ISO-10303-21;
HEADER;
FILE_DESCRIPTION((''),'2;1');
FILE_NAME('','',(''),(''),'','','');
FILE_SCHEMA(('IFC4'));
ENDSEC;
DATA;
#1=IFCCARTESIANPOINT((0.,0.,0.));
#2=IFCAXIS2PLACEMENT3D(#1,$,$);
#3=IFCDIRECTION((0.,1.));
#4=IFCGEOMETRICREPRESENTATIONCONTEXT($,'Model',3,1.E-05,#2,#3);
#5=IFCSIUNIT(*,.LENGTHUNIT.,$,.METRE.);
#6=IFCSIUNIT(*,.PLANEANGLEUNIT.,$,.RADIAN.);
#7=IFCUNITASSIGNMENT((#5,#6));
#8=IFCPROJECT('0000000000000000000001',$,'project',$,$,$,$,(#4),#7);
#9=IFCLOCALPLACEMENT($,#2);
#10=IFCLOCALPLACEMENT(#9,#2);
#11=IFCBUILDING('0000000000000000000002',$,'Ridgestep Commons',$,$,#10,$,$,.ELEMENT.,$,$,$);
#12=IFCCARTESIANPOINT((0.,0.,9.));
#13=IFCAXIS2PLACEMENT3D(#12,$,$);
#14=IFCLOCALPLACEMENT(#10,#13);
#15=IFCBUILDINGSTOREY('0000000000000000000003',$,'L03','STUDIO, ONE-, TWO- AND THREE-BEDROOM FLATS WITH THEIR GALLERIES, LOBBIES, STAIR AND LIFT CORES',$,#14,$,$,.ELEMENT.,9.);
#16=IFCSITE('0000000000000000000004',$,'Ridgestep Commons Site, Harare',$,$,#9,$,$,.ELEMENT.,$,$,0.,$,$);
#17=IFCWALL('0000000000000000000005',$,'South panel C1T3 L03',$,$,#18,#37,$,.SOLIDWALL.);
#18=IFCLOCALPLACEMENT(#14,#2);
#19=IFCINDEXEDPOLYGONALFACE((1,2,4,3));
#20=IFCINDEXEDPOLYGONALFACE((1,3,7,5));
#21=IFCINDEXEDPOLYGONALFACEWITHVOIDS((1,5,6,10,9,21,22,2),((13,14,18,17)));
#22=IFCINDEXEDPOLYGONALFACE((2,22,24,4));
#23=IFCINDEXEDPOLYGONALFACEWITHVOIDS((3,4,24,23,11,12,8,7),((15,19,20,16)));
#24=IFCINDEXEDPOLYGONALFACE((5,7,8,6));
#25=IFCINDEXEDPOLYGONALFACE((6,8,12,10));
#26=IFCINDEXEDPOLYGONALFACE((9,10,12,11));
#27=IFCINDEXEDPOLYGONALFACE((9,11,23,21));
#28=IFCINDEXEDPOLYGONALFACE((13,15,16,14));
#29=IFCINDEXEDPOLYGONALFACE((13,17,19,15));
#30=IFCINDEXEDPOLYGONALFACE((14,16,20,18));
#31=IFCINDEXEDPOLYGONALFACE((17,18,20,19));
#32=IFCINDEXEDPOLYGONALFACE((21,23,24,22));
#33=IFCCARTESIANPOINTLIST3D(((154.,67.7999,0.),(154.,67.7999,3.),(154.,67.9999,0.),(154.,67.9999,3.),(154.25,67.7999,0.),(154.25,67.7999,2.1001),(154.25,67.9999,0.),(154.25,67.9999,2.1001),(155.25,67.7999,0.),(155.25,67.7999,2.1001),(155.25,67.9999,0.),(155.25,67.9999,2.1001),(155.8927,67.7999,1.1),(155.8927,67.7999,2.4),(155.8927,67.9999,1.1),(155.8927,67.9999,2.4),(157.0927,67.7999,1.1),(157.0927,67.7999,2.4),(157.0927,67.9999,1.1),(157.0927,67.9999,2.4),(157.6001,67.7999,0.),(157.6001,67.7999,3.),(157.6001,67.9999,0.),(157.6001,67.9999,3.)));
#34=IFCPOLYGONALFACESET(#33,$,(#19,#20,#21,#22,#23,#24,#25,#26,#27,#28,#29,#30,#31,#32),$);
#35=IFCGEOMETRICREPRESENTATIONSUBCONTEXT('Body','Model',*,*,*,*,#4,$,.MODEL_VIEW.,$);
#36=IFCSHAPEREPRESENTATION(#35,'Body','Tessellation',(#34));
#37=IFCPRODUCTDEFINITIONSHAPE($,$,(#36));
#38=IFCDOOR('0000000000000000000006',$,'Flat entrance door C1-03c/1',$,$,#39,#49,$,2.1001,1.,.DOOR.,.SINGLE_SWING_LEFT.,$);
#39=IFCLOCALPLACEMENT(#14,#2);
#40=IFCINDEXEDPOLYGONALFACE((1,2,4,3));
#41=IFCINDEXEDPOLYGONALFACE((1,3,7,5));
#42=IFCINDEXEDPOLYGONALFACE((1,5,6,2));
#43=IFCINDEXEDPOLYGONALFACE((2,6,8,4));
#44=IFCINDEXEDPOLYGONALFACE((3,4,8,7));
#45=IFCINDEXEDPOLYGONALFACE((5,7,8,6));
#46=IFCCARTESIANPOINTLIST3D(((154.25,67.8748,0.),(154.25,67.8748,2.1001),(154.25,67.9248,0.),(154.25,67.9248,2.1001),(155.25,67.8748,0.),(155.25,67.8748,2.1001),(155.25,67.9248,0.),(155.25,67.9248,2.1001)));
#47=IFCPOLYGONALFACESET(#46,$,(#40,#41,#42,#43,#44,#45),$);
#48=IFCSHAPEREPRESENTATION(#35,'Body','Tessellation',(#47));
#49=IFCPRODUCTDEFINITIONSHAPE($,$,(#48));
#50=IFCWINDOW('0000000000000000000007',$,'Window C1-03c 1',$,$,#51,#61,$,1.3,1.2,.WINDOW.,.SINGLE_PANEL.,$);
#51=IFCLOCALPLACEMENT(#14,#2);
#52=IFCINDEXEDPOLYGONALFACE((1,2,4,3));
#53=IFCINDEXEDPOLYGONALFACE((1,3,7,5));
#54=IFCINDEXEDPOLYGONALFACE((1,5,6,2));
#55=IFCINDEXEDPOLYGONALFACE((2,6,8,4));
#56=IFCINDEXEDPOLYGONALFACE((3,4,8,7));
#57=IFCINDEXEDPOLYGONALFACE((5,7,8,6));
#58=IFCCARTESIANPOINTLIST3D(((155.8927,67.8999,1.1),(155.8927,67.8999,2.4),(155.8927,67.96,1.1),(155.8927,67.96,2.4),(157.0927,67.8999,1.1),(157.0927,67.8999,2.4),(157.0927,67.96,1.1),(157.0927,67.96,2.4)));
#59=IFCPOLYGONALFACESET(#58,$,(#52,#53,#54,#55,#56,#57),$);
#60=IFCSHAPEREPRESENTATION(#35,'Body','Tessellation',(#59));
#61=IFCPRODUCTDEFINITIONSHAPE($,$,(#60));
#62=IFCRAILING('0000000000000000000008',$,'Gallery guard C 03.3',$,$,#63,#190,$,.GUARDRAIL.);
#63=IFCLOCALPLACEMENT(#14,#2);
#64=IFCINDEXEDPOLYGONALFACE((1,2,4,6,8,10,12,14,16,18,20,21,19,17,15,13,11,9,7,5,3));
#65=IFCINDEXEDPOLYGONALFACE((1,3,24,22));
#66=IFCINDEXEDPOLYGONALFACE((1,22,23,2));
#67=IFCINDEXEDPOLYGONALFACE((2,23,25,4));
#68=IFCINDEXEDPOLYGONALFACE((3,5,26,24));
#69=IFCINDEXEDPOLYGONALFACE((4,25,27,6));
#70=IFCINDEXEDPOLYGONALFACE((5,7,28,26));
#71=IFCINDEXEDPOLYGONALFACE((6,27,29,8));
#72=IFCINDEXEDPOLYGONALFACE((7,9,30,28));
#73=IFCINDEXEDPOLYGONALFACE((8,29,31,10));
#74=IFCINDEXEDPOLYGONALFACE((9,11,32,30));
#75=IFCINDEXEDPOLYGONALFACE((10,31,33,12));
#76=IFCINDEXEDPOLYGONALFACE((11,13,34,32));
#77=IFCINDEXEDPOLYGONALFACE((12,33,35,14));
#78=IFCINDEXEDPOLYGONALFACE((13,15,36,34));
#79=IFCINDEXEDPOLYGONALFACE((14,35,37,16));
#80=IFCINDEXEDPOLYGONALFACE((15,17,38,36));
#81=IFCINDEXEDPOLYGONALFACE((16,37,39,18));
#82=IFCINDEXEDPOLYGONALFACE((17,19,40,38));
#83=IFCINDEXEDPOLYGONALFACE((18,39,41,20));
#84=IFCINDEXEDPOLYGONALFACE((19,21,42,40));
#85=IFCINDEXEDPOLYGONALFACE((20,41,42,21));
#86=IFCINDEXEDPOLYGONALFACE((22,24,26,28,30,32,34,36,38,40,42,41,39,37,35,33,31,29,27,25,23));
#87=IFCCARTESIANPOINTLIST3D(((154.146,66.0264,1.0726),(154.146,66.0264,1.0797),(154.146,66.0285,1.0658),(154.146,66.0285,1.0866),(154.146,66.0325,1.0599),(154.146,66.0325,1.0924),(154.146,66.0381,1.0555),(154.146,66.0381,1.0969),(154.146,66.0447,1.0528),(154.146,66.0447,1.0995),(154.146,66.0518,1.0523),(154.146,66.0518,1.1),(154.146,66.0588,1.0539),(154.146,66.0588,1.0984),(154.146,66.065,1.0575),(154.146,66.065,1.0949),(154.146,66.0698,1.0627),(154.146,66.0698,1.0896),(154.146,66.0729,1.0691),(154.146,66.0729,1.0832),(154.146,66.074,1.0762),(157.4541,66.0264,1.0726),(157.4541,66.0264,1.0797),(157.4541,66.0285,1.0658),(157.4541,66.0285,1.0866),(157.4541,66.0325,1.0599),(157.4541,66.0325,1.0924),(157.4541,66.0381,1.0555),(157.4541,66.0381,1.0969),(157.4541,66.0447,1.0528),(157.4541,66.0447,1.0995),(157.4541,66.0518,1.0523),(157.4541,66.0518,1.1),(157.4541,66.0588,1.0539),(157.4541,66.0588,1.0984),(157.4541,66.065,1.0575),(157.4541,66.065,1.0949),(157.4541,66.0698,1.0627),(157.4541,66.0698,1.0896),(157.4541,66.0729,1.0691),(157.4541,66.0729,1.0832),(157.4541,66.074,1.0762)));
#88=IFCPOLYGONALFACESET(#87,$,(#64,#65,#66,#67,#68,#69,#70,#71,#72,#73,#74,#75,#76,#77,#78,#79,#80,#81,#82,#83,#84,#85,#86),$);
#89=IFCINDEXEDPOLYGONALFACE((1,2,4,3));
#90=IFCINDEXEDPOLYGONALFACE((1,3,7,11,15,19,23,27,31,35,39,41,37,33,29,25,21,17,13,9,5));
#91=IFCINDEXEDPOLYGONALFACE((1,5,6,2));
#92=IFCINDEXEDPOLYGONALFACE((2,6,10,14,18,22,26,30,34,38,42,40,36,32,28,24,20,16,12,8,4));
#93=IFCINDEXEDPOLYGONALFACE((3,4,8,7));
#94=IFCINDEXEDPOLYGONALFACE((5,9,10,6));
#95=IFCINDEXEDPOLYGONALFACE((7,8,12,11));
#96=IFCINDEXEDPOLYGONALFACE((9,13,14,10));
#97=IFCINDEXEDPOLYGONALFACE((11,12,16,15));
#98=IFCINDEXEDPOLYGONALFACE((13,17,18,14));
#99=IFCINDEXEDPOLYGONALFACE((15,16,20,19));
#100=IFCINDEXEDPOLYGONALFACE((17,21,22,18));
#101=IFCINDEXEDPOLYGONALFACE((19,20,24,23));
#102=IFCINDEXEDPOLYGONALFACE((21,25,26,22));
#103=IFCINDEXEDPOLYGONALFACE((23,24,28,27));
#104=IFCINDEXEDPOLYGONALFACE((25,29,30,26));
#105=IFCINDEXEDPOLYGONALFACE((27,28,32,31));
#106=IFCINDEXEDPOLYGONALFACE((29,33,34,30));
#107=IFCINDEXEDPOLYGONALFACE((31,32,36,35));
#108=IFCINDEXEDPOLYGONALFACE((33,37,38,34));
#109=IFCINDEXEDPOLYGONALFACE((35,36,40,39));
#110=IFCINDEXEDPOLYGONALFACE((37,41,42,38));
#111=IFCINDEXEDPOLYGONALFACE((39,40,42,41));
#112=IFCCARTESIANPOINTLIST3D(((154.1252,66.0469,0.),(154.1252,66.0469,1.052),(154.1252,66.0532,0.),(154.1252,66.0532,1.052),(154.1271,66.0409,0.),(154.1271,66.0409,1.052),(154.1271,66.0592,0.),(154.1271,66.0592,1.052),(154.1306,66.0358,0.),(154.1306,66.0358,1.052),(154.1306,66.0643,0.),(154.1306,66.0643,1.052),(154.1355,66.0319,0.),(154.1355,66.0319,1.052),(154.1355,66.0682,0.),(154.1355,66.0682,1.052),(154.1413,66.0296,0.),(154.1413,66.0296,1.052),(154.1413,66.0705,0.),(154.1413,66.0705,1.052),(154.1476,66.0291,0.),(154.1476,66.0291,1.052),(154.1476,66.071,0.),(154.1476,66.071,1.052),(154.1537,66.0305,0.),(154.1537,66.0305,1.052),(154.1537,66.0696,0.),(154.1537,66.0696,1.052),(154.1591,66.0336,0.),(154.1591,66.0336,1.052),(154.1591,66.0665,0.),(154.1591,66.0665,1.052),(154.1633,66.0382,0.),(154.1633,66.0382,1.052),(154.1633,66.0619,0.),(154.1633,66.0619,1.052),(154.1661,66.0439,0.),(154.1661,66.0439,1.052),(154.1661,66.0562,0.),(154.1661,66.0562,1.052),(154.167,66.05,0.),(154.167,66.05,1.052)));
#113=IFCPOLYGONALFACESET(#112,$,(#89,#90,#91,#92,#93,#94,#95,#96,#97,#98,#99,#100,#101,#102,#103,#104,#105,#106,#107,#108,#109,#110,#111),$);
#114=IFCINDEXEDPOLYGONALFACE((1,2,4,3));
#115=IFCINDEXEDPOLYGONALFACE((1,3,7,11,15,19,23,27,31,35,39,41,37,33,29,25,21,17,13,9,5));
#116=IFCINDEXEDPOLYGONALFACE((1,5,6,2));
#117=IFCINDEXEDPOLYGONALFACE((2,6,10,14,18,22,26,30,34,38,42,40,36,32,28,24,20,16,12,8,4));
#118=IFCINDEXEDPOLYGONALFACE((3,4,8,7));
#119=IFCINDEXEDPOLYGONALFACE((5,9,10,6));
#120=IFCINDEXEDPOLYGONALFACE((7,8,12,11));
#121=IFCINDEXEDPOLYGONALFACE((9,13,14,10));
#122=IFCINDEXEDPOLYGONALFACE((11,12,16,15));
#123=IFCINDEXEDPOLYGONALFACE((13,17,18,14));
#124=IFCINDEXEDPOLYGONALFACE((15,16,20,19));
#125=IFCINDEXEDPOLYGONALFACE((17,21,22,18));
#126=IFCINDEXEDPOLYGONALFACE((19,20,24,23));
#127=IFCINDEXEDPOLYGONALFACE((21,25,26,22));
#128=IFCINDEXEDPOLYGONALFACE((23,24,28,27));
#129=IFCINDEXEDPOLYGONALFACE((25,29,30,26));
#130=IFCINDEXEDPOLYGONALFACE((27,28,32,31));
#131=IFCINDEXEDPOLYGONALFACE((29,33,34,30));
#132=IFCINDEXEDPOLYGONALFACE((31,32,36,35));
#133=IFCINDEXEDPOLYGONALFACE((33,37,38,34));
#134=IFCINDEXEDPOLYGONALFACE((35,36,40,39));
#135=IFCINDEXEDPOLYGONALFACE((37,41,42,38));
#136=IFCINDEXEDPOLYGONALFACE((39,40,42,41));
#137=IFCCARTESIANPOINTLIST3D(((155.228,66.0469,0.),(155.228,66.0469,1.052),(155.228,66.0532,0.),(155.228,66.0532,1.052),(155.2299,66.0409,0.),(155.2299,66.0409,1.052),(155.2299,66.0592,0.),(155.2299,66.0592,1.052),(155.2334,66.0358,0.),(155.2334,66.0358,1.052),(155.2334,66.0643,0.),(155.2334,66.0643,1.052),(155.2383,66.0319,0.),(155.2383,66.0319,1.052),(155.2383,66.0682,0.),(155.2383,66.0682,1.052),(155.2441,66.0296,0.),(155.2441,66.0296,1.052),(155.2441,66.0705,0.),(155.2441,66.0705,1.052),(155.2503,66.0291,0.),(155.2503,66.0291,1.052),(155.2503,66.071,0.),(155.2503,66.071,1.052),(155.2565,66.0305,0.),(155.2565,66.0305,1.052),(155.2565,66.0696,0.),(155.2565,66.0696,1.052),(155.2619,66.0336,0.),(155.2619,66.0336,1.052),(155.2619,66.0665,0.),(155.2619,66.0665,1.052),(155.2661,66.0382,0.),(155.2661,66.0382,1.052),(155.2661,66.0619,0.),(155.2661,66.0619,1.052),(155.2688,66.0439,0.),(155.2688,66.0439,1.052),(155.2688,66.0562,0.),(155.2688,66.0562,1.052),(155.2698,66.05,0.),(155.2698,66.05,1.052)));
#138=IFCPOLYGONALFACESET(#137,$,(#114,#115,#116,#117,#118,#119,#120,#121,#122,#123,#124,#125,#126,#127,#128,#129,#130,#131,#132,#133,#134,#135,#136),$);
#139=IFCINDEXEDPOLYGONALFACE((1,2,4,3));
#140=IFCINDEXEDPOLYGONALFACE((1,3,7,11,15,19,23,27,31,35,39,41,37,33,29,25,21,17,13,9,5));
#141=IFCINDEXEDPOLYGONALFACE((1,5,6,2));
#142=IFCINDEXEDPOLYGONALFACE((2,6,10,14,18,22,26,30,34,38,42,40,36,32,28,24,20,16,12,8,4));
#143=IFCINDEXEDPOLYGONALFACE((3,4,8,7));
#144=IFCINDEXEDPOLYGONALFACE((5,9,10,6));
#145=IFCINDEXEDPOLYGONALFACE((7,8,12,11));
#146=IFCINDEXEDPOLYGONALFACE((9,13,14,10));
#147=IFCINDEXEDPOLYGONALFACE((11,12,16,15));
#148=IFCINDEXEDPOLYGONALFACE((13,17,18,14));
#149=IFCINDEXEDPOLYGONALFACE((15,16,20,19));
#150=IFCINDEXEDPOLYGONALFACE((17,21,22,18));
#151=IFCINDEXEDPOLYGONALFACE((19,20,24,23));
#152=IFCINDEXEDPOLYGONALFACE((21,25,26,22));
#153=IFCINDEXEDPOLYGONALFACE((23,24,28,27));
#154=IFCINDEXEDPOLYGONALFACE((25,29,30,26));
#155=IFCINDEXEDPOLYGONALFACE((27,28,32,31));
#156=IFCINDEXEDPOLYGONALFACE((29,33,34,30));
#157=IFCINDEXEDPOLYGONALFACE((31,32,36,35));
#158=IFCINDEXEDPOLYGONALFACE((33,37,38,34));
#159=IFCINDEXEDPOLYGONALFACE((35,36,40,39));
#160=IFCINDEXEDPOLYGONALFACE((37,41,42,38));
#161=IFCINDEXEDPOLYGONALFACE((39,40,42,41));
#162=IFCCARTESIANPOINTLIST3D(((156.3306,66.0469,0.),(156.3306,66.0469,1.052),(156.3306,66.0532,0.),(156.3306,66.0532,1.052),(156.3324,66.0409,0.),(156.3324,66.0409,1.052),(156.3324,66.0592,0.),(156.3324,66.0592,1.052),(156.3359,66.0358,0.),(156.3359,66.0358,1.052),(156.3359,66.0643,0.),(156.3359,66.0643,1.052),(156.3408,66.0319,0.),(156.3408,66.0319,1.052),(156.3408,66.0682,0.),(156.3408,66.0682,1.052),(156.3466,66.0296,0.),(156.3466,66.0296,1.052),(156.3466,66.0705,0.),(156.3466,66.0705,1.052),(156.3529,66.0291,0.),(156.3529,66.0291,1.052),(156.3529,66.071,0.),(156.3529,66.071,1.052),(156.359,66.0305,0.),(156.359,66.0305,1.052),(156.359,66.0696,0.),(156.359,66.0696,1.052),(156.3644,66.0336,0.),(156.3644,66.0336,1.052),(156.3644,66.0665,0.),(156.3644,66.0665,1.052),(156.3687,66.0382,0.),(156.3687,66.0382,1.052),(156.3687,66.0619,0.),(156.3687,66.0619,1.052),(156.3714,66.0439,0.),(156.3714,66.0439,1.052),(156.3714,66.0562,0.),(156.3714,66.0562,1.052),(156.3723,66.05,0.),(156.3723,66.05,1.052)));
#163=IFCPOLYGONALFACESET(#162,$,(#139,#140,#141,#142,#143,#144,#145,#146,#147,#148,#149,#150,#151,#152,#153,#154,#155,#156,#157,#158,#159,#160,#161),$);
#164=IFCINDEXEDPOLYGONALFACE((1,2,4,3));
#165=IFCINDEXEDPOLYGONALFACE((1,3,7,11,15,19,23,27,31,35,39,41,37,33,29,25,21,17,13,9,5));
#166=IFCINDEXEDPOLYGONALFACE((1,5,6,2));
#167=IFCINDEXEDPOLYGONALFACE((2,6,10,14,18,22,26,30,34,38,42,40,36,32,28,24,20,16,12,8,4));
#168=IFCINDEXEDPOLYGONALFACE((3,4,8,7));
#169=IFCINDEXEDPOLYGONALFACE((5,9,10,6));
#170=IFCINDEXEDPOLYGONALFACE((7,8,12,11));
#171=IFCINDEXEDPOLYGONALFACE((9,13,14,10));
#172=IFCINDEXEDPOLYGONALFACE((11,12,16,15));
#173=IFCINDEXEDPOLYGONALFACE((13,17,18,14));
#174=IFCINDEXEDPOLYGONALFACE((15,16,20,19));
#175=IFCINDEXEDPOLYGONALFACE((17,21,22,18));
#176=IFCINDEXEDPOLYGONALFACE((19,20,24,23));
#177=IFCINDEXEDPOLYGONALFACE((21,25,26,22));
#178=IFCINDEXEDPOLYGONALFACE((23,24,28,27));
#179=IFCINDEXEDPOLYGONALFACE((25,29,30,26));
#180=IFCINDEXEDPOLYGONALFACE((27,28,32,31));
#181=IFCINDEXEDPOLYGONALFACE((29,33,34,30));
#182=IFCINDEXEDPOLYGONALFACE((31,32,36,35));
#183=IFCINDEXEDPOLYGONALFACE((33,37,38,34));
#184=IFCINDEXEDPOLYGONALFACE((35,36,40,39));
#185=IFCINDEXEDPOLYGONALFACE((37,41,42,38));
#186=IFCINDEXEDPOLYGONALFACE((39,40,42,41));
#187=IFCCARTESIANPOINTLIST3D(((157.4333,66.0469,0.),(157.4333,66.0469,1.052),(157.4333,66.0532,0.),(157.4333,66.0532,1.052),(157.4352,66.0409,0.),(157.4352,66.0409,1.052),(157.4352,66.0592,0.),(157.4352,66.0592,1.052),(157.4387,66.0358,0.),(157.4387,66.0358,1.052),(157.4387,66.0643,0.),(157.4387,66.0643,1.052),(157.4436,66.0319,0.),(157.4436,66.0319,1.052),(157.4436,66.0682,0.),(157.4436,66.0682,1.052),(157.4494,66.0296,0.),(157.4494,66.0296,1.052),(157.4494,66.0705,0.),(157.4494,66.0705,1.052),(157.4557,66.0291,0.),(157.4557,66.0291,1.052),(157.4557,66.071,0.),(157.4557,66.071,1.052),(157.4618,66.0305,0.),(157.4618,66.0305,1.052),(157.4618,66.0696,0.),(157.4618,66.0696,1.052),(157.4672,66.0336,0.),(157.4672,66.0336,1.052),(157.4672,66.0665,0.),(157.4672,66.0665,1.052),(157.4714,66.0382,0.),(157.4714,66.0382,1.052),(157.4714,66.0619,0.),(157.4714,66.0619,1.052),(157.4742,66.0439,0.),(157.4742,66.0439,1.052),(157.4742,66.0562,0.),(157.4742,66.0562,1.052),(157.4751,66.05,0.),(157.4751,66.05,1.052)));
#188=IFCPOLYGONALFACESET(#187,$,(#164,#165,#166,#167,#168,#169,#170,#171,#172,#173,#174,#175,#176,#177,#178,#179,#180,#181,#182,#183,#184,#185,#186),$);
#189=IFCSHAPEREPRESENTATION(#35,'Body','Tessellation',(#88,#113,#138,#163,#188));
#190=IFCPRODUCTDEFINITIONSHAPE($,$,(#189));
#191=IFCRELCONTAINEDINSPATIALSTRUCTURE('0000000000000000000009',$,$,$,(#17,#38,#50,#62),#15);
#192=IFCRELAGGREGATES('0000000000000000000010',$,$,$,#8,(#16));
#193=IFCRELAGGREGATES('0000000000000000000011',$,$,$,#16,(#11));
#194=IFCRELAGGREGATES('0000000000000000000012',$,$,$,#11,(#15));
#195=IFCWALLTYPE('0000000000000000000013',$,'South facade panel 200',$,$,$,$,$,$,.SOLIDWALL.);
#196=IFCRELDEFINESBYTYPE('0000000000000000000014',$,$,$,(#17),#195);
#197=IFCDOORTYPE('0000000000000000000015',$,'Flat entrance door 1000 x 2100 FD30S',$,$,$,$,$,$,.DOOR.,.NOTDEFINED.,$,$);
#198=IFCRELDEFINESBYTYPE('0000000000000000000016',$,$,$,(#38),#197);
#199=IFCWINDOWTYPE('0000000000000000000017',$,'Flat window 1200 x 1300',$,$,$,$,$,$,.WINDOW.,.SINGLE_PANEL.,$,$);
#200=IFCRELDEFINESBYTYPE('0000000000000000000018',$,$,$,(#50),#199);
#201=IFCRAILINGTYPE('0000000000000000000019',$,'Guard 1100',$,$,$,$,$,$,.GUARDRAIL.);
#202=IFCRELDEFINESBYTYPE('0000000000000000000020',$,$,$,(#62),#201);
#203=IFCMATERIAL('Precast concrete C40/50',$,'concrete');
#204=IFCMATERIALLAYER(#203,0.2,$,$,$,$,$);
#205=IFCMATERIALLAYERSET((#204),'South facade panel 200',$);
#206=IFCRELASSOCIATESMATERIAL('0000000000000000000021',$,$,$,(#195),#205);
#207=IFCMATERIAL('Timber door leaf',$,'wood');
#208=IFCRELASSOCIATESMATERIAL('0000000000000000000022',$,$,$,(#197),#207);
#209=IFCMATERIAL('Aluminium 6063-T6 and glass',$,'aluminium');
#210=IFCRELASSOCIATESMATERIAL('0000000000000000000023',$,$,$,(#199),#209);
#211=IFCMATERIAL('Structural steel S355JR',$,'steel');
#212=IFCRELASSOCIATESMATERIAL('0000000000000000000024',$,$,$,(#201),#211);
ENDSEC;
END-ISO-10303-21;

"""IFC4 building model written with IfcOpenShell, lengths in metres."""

from ifc_helpers import new_model, si_unit, direction, frame, frame_2d, origin, origin_2d, place, context, subcontext, project, spatial, rectangle, circle, extrude, material, layer, layer_set, type_object, element, fill, save


model = new_model("IFC4")

# Units and contexts
model_context = context("Model", 3, precision=1e-05, world=origin(), true_north=direction((0.0, 1.0)))
body_context = subcontext(model_context, "Body", "Model", "MODEL_VIEW")
ifc_project = project(units=[si_unit("LENGTHUNIT", "METRE"), si_unit("PLANEANGLEUNIT", "RADIAN")], contexts=[model_context])

# Site, building, storey
site_placement = place(None, origin())
site = spatial("IfcSite", under=ifc_project, at=site_placement, Name="Ridgestep Commons Site, Harare", CompositionType="ELEMENT", RefElevation=0.0)
building_placement = place(site_placement, origin())
building = spatial("IfcBuilding", under=site, at=building_placement, Name="Ridgestep Commons", CompositionType="ELEMENT")
storey_placement = place(building_placement, frame((0.0, 0.0, 9.0)))
storey = spatial("IfcBuildingStorey", under=building, at=storey_placement, Name="L03", Description="STUDIO, ONE-, TWO- AND THREE-BEDROOM FLATS WITH THEIR GALLERIES, LOBBIES, STAIR AND LIFT CORES", CompositionType="ELEMENT", Elevation=9.0)

# Wall, openings, door, window
ifc_material_1 = material(Name="Precast concrete C40/50", Category="concrete")
ifc_layer_1 = layer(ifc_material_1, 0.2)
ifc_layer_set_1 = layer_set([ifc_layer_1], Name="South facade panel 200")
wall_type_1 = type_object("IfcWallType", Name="South facade panel 200", PredefinedType="SOLIDWALL", material=ifc_layer_set_1)
ifc_material_2 = material(Name="Timber door leaf", Category="wood")
door_type_1 = type_object("IfcDoorType", Name="Flat entrance door 1000 x 2100 FD30S", OperationType="NOTDEFINED", PredefinedType="DOOR", material=ifc_material_2)
ifc_material_3 = material(Name="Aluminium 6063-T6 and glass", Category="aluminium")
window_type = type_object("IfcWindowType", Name="Flat window 1200 x 1300", PartitioningType="SINGLE_PANEL", PredefinedType="WINDOW", material=ifc_material_3)
wall_1_placement = place(storey_placement, frame((154.0, 67.8999, 0.0), z_axis=(0.0, 0.0, 1.0), x_axis=(1.0, 0.0, 0.0)))
wall_1 = element("IfcWall", 1, at=wall_1_placement, inside=storey, type_object=wall_type_1, Name="South panel C1T3 L03", PredefinedType="SOLIDWALL", context=body_context, shape_type="SweptSolid", body=[
    extrude(rectangle(XDim=3.6001, YDim=0.2, at=frame_2d((1.8, 0.0))), origin(), (0.0, 0.0, 1.0), 3.0),
])
opening_1_placement = place(wall_1_placement, frame((1.8926, 0.0, 1.1001)))
opening_1 = element("IfcOpeningElement", 2, at=opening_1_placement, cuts=wall_1, PredefinedType="OPENING", context=body_context, shape_type="SweptSolid", body=[
    extrude(rectangle(XDim=1.2, YDim=1.3, at=frame_2d((0.6001, 0.6499))), frame((0.0, 0.1099, 0.0), z_axis=(0.0, -1.0, 0.0), x_axis=(1.0, 0.0, 0.0)), (0.0, 0.0, 1.0), 0.22),
])
opening_2_placement = place(wall_1_placement, frame((0.25, 0.0, 0.0)))
opening_2 = element("IfcOpeningElement", 3, at=opening_2_placement, cuts=wall_1, PredefinedType="OPENING", context=body_context, shape_type="SweptSolid", body=[
    extrude(rectangle(XDim=1.0, YDim=2.1001, at=frame_2d((0.5, 1.05))), frame((0.0, 0.1099, 0.0), z_axis=(0.0, -1.0, 0.0), x_axis=(1.0, 0.0, 0.0)), (0.0, 0.0, 1.0), 0.22),
])
door_1_placement = place(opening_2_placement, origin())
door_1 = element("IfcDoor", 4, at=door_1_placement, inside=storey, type_object=door_type_1, Name="Flat entrance door C1-03c/1", OperationType="SINGLE_SWING_LEFT", OverallHeight=2.1001, OverallWidth=1.0, PredefinedType="DOOR", context=body_context, shape_type="SweptSolid", body=[
    extrude(rectangle(XDim=1.0, YDim=2.1001, at=frame_2d((0.5, 1.05))), frame((0.0, 0.0249, 0.0), z_axis=(0.0, -1.0, 0.0), x_axis=(1.0, 0.0, 0.0)), (0.0, 0.0, 1.0), 0.05),
])
fill(opening_2, door_1)
window_1_placement = place(opening_1_placement, origin())
window_1 = element("IfcWindow", 5, at=window_1_placement, inside=storey, type_object=window_type, Name="Window C1-03c 1", OverallHeight=1.3, OverallWidth=1.2, PartitioningType="SINGLE_PANEL", PredefinedType="WINDOW", context=body_context, shape_type="SweptSolid", body=[
    extrude(rectangle(XDim=1.2, YDim=1.3, at=frame_2d((0.6001, 0.6499))), frame((0.0, 0.0601, 0.0), z_axis=(0.0, -1.0, 0.0), x_axis=(1.0, 0.0, 0.0)), (0.0, 0.0, 1.0), 0.0601),
])
fill(opening_1, window_1)

# Railing
ifc_material_4 = material(Name="Structural steel S355JR", Category="steel")
railing_type = type_object("IfcRailingType", Name="Guard 1100", PredefinedType="GUARDRAIL", material=ifc_material_4)
railing_placement = place(storey_placement, frame((154.146, 66.05, 0.0)))
element("IfcRailing", 6, at=railing_placement, inside=storey, type_object=railing_type, Name="Gallery guard C 03.3", PredefinedType="GUARDRAIL", context=body_context, shape_type="SweptSolid", body=[
    extrude(circle(Radius=0.0239, at=origin_2d()), frame((0.0, 0.0, 1.0762), z_axis=(1.0, 0.0, 0.0), x_axis=(0.0, 1.0, 0.0)), (0.0, 0.0, 1.0), 3.3081),
    extrude(circle(Radius=0.021, at=origin_2d()), origin(), (0.0, 0.0, 1.0), 1.052),
    extrude(circle(Radius=0.021, at=origin_2d()), frame((1.1028, 0.0, 0.0)), (0.0, 0.0, 1.0), 1.052),
    extrude(circle(Radius=0.021, at=origin_2d()), frame((2.2053, 0.0, 0.0)), (0.0, 0.0, 1.0), 1.052),
    extrude(circle(Radius=0.021, at=origin_2d()), frame((3.3081, 0.0, 0.0)), (0.0, 0.0, 1.0), 1.052),
])

save(model, "model.ifc")
